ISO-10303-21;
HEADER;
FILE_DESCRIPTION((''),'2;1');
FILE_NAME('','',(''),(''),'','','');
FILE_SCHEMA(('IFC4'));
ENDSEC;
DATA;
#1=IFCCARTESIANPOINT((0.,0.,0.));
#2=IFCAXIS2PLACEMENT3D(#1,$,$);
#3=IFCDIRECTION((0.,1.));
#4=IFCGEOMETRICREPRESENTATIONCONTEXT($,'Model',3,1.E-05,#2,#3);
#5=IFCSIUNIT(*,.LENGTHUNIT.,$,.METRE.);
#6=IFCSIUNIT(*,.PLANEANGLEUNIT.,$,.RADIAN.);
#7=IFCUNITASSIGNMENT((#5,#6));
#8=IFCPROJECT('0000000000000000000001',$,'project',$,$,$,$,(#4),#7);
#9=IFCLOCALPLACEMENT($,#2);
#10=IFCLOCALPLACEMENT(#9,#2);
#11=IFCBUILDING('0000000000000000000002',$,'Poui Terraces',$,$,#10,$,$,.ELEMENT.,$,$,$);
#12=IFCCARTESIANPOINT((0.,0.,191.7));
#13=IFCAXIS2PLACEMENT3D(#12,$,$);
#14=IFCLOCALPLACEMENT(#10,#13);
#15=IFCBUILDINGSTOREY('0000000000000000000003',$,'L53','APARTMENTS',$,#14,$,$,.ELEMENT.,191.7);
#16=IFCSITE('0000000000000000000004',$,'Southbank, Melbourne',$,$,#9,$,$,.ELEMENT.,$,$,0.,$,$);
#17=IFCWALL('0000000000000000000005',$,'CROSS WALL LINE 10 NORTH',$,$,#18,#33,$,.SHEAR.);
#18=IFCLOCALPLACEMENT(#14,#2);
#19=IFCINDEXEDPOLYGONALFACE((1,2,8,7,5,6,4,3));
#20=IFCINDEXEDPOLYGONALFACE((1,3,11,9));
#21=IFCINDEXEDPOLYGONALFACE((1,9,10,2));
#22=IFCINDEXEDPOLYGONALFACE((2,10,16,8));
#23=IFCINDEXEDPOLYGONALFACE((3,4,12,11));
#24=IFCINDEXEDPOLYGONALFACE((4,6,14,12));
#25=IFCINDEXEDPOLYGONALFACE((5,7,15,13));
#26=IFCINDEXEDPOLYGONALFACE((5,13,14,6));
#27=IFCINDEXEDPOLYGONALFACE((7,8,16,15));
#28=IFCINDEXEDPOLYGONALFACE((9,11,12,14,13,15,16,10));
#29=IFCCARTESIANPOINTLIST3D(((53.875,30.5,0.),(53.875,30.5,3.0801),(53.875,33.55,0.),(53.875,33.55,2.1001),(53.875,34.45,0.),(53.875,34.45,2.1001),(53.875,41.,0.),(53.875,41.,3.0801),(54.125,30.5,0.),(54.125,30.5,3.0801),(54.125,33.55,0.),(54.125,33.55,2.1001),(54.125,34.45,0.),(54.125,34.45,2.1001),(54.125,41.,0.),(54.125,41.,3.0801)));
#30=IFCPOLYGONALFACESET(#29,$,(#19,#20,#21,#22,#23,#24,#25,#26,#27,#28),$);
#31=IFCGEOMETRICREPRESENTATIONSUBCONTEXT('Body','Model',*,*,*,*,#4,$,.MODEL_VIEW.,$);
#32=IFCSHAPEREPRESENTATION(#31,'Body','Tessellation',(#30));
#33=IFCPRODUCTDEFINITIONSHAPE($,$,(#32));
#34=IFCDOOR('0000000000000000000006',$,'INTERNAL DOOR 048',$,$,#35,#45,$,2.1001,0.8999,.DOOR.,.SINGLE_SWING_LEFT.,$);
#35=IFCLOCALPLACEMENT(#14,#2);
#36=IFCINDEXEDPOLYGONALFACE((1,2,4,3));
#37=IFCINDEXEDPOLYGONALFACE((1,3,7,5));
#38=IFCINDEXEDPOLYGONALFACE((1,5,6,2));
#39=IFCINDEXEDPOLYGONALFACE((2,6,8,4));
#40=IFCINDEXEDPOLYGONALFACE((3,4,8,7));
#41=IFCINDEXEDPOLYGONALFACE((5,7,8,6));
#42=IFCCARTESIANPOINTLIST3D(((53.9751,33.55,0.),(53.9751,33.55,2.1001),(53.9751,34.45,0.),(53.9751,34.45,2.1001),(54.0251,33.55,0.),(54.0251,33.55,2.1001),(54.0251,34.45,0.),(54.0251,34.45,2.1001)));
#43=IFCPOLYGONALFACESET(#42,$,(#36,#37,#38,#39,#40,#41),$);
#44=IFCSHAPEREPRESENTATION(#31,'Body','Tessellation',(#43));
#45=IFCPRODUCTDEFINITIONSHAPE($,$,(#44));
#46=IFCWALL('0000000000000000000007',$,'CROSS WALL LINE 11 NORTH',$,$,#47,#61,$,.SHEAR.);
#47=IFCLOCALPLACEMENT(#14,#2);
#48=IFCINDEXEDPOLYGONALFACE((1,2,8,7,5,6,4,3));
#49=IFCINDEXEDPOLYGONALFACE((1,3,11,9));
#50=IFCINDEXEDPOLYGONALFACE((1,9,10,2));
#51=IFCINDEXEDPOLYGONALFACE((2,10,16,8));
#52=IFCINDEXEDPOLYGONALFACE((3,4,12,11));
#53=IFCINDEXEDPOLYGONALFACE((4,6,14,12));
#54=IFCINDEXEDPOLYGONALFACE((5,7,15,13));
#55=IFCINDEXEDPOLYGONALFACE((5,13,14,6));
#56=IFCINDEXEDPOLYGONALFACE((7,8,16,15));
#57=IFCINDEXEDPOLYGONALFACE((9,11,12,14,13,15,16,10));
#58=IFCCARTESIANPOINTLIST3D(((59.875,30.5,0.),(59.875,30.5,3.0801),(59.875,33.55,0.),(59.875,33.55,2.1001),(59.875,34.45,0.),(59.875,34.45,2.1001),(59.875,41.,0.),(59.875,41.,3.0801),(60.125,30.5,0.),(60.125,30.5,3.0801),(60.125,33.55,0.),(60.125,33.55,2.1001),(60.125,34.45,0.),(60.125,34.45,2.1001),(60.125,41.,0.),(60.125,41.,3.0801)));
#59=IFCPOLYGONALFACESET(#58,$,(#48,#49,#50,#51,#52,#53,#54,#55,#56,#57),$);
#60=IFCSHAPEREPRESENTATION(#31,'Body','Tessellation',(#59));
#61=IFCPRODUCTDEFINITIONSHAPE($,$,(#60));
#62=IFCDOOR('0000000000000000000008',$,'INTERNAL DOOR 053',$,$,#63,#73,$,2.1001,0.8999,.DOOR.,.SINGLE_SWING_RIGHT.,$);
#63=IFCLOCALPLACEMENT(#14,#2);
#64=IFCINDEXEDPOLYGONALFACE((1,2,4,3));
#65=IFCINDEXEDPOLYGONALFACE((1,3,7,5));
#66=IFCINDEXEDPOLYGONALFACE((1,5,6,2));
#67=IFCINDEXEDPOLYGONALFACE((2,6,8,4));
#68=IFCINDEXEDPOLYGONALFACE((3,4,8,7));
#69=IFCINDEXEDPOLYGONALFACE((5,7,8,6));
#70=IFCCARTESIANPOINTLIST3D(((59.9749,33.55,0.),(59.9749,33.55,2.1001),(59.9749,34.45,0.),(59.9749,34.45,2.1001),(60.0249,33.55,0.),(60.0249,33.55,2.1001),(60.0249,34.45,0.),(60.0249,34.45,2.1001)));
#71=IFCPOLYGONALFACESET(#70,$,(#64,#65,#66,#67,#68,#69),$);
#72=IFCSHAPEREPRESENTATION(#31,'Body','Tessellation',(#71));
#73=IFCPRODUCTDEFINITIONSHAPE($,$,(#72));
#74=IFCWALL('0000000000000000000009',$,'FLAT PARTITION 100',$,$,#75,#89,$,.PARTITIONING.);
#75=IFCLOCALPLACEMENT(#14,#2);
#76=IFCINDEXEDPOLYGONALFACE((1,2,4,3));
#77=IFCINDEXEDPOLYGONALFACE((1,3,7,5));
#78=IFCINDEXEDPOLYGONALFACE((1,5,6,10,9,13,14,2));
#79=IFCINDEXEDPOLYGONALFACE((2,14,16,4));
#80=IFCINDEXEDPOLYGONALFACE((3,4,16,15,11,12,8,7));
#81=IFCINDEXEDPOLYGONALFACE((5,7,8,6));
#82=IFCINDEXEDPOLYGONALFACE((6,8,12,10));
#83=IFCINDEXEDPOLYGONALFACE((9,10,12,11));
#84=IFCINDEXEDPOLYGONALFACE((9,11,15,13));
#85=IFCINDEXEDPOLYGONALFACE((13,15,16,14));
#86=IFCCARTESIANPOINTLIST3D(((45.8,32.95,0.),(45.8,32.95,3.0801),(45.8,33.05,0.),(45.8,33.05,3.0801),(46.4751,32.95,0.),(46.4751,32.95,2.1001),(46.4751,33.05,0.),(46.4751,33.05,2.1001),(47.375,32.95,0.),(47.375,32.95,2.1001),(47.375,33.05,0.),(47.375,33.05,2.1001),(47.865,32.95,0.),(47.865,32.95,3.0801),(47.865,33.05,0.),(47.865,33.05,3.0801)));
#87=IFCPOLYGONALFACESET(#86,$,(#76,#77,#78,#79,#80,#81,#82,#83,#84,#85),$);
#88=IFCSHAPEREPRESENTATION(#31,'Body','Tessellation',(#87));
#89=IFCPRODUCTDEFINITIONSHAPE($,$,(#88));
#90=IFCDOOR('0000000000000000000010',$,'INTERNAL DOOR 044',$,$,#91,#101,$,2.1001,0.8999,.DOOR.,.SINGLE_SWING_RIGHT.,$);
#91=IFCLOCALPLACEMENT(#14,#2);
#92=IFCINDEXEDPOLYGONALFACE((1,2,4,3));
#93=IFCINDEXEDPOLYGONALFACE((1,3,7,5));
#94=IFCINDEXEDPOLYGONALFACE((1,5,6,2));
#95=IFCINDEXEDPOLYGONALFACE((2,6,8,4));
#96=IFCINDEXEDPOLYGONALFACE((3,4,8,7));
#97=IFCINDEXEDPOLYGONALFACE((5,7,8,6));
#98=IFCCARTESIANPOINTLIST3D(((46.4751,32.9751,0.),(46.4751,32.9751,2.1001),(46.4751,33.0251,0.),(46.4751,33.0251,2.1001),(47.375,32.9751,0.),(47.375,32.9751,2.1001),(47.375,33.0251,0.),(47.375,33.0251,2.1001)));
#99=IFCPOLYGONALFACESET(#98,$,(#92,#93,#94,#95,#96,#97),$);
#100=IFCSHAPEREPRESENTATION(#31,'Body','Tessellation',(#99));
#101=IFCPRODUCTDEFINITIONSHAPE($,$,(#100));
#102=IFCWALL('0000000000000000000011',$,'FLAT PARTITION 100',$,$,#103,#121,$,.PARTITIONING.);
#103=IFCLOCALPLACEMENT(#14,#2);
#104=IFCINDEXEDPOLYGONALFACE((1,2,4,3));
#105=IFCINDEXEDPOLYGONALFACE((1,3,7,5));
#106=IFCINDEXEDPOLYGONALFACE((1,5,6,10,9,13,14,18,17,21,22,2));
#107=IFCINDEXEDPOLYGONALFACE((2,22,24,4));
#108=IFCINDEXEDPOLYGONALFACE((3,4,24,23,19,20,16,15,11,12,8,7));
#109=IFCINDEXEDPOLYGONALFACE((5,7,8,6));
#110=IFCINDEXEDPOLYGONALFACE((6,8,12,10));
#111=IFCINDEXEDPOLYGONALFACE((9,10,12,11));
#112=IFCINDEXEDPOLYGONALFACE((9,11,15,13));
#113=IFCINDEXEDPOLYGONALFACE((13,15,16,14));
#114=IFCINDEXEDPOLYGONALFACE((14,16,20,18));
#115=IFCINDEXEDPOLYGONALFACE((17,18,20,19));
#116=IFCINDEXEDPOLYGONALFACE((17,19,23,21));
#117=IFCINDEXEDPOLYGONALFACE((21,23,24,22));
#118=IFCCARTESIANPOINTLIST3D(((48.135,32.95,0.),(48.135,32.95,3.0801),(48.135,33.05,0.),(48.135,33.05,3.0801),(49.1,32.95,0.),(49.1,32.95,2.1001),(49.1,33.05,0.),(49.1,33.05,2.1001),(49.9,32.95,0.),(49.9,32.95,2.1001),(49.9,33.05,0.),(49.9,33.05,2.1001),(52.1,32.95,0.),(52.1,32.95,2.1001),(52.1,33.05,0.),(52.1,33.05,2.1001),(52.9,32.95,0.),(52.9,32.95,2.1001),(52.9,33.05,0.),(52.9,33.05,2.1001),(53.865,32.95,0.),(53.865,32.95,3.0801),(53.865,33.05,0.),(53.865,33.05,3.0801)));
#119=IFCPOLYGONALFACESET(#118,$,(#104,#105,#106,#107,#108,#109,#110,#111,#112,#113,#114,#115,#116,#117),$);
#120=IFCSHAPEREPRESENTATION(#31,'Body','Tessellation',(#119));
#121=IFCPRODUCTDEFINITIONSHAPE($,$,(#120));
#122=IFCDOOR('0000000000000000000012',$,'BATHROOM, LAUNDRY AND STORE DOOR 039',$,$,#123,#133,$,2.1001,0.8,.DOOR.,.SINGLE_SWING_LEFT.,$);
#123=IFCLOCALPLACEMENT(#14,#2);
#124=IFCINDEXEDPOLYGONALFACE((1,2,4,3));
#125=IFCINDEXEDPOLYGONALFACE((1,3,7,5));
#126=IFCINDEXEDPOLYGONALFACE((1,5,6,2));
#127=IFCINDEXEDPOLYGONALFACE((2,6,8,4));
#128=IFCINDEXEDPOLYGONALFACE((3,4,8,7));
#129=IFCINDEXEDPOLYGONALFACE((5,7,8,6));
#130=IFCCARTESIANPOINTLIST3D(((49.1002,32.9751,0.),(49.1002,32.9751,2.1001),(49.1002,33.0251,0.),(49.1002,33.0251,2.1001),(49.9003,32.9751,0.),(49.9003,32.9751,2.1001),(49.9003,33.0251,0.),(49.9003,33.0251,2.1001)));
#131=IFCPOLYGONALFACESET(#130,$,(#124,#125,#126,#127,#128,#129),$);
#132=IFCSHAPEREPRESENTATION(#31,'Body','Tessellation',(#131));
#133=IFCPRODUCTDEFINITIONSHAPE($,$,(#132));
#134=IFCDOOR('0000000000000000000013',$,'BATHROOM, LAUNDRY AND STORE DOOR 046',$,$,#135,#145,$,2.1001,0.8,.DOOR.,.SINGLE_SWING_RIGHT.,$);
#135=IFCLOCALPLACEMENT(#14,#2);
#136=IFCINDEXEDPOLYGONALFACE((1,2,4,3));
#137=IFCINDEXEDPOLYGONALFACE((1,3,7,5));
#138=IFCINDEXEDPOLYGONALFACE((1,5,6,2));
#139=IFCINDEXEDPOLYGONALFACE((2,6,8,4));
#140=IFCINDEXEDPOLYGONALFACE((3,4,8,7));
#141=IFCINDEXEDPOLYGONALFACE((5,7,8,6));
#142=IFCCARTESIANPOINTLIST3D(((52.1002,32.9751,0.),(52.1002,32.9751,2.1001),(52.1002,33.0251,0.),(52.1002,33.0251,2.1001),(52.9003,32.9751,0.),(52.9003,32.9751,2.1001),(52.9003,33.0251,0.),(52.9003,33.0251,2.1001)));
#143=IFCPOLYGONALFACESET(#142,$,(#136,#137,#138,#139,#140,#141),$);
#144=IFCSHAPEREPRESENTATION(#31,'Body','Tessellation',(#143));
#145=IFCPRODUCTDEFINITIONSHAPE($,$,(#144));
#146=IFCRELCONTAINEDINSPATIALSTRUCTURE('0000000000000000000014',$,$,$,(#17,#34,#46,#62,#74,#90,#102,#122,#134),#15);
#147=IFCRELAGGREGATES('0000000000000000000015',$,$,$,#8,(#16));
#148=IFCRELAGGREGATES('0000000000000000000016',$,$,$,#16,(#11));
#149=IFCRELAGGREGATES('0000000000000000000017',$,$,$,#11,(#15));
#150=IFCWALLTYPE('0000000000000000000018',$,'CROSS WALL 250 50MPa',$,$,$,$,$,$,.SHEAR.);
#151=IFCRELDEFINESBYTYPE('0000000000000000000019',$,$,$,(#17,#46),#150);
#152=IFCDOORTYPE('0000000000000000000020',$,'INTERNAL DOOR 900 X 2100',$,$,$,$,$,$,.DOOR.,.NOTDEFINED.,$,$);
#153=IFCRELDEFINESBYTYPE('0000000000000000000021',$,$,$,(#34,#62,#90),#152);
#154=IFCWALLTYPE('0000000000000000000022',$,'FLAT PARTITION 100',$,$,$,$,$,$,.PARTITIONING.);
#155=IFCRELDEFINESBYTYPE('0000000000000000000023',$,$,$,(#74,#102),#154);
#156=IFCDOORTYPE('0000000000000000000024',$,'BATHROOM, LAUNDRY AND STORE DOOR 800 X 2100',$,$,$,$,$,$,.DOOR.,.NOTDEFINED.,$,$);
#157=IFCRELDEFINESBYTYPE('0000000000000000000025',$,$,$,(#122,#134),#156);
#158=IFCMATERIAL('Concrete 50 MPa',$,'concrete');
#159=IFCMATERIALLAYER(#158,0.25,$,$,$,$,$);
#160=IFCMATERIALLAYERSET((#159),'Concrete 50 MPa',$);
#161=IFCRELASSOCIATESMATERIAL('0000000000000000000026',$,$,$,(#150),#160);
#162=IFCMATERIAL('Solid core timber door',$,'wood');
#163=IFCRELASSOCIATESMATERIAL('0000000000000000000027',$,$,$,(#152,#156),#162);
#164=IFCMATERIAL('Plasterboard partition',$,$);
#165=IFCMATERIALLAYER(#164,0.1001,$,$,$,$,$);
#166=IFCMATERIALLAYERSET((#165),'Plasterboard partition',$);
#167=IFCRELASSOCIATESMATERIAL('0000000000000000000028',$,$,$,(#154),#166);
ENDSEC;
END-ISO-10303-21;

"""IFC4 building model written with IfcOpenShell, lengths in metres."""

from ifc_helpers import new_model, si_unit, direction, frame, frame_2d, origin, place, context, subcontext, project, spatial, rectangle, extrude, material, layer, layer_set, type_object, element, fill, save


model = new_model("IFC4")

# Units and contexts
model_context = context("Model", 3, precision=1e-05, world=origin(), true_north=direction((0.0, 1.0)))
body_context = subcontext(model_context, "Body", "Model", "MODEL_VIEW")
ifc_project = project(units=[si_unit("LENGTHUNIT", "METRE"), si_unit("PLANEANGLEUNIT", "RADIAN")], contexts=[model_context])

# Site, building, storey
site_placement = place(None, origin())
site = spatial("IfcSite", under=ifc_project, at=site_placement, Name="Southbank, Melbourne", CompositionType="ELEMENT", RefElevation=0.0)
building_placement = place(site_placement, origin())
building = spatial("IfcBuilding", under=site, at=building_placement, Name="Poui Terraces", CompositionType="ELEMENT")
storey_placement = place(building_placement, frame((0.0, 0.0, 191.7)))
storey = spatial("IfcBuildingStorey", under=building, at=storey_placement, Name="L53", Description="APARTMENTS", CompositionType="ELEMENT", Elevation=191.7)

# Walls, openings, doors
ifc_material_1 = material(Name="Concrete 50 MPa", Category="concrete")
ifc_layer_1 = layer(ifc_material_1, 0.25)
ifc_layer_set_1 = layer_set([ifc_layer_1], Name="Concrete 50 MPa")
wall_type_1 = type_object("IfcWallType", Name="CROSS WALL 250 50MPa", PredefinedType="SHEAR", material=ifc_layer_set_1)
wall_1_placement = place(storey_placement, frame((54.0, 30.5, 0.0), z_axis=(0.0, 0.0, 1.0), x_axis=(0.0, 1.0, 0.0)))
wall_1 = element("IfcWall", 1, at=wall_1_placement, inside=storey, type_object=wall_type_1, Name="CROSS WALL LINE 10 NORTH", PredefinedType="SHEAR", context=body_context, shape_type="SweptSolid", body=[
    extrude(rectangle(XDim=10.5, YDim=0.25, at=frame_2d((5.25, 0.0))), origin(), (0.0, 0.0, 1.0), 3.0801),
])
opening_1_placement = place(wall_1_placement, frame((3.05, 0.0, 0.0)))
opening_1 = element("IfcOpeningElement", 2, at=opening_1_placement, cuts=wall_1, PredefinedType="OPENING", context=body_context, shape_type="SweptSolid", body=[
    extrude(rectangle(XDim=0.8999, YDim=2.1001, at=frame_2d((0.45, 1.05))), frame((0.0, 0.135, 0.0), z_axis=(0.0, -1.0, 0.0), x_axis=(1.0, 0.0, 0.0)), (0.0, 0.0, 1.0), 0.27),
])
ifc_material_2 = material(Name="Solid core timber door", Category="wood")
door_type_1 = type_object("IfcDoorType", Name="INTERNAL DOOR 900 X 2100", OperationType="NOTDEFINED", PredefinedType="DOOR", material=ifc_material_2)
door_1_placement = place(opening_1_placement, origin())
door_1 = element("IfcDoor", 3, at=door_1_placement, inside=storey, type_object=door_type_1, Name="INTERNAL DOOR 048", OperationType="SINGLE_SWING_LEFT", OverallHeight=2.1001, OverallWidth=0.8999, PredefinedType="DOOR", context=body_context, shape_type="SweptSolid", body=[
    extrude(rectangle(XDim=0.8999, YDim=2.1001, at=frame_2d((0.45, 1.05))), frame((0.0, 0.0249, 0.0), z_axis=(0.0, -1.0, 0.0), x_axis=(1.0, 0.0, 0.0)), (0.0, 0.0, 1.0), 0.05),
])
fill(opening_1, door_1)
wall_2_placement = place(storey_placement, frame((60.0, 30.5, 0.0), z_axis=(0.0, 0.0, 1.0), x_axis=(0.0, 1.0, 0.0)))
wall_2 = element("IfcWall", 4, at=wall_2_placement, inside=storey, type_object=wall_type_1, Name="CROSS WALL LINE 11 NORTH", PredefinedType="SHEAR", context=body_context, shape_type="SweptSolid", body=[
    extrude(rectangle(XDim=10.5, YDim=0.25, at=frame_2d((5.25, 0.0))), origin(), (0.0, 0.0, 1.0), 3.0801),
])
opening_2_placement = place(wall_2_placement, frame((3.05, 0.0, 0.0)))
opening_2 = element("IfcOpeningElement", 5, at=opening_2_placement, cuts=wall_2, PredefinedType="OPENING", context=body_context, shape_type="SweptSolid", body=[
    extrude(rectangle(XDim=0.8999, YDim=2.1001, at=frame_2d((0.45, 1.05))), frame((0.0, 0.135, 0.0), z_axis=(0.0, -1.0, 0.0), x_axis=(1.0, 0.0, 0.0)), (0.0, 0.0, 1.0), 0.27),
])
door_2_placement = place(opening_2_placement, frame((0.8999, 0.0, 0.0), z_axis=(0.0, 0.0, 1.0), x_axis=(-1.0, 0.0, 0.0)))
door_2 = element("IfcDoor", 6, at=door_2_placement, inside=storey, type_object=door_type_1, Name="INTERNAL DOOR 053", OperationType="SINGLE_SWING_RIGHT", OverallHeight=2.1001, OverallWidth=0.8999, PredefinedType="DOOR", context=body_context, shape_type="SweptSolid", body=[
    extrude(rectangle(XDim=0.8999, YDim=2.1001, at=frame_2d((0.45, 1.05))), frame((0.0, 0.0249, 0.0), z_axis=(0.0, -1.0, 0.0), x_axis=(1.0, 0.0, 0.0)), (0.0, 0.0, 1.0), 0.05),
])
fill(opening_2, door_2)
ifc_material_3 = material(Name="Plasterboard partition")
ifc_layer_2 = layer(ifc_material_3, 0.1001)
ifc_layer_set_2 = layer_set([ifc_layer_2], Name="Plasterboard partition")
wall_type_2 = type_object("IfcWallType", Name="FLAT PARTITION 100", PredefinedType="PARTITIONING", material=ifc_layer_set_2)
wall_3_placement = place(storey_placement, frame((45.8, 33.0, 0.0), z_axis=(0.0, 0.0, 1.0), x_axis=(1.0, 0.0, 0.0)))
wall_3 = element("IfcWall", 7, at=wall_3_placement, inside=storey, type_object=wall_type_2, Name="FLAT PARTITION 100", PredefinedType="PARTITIONING", context=body_context, shape_type="SweptSolid", body=[
    extrude(rectangle(XDim=2.0649, YDim=0.1001, at=frame_2d((1.0325, 0.0))), origin(), (0.0, 0.0, 1.0), 3.0801),
])
opening_3_placement = place(wall_3_placement, frame((0.675, 0.0, 0.0)))
opening_3 = element("IfcOpeningElement", 8, at=opening_3_placement, cuts=wall_3, PredefinedType="OPENING", context=body_context, shape_type="SweptSolid", body=[
    extrude(rectangle(XDim=0.8999, YDim=2.1001, at=frame_2d((0.45, 1.05))), frame((0.0, 0.0601, 0.0), z_axis=(0.0, -1.0, 0.0), x_axis=(1.0, 0.0, 0.0)), (0.0, 0.0, 1.0), 0.1201),
])
door_3_placement = place(opening_3_placement, frame((0.8999, 0.0, 0.0), z_axis=(0.0, 0.0, 1.0), x_axis=(-1.0, 0.0, 0.0)))
door_3 = element("IfcDoor", 9, at=door_3_placement, inside=storey, type_object=door_type_1, Name="INTERNAL DOOR 044", OperationType="SINGLE_SWING_RIGHT", OverallHeight=2.1001, OverallWidth=0.8999, PredefinedType="DOOR", context=body_context, shape_type="SweptSolid", body=[
    extrude(rectangle(XDim=0.8999, YDim=2.1001, at=frame_2d((0.45, 1.05))), frame((0.0, 0.0249, 0.0), z_axis=(0.0, -1.0, 0.0), x_axis=(1.0, 0.0, 0.0)), (0.0, 0.0, 1.0), 0.05),
])
fill(opening_3, door_3)

# Wall, openings, doors
wall_4_placement = place(storey_placement, frame((48.135, 33.0, 0.0), z_axis=(0.0, 0.0, 1.0), x_axis=(1.0, 0.0, 0.0)))
wall_4 = element("IfcWall", 10, at=wall_4_placement, inside=storey, type_object=wall_type_2, Name="FLAT PARTITION 100", PredefinedType="PARTITIONING", context=body_context, shape_type="SweptSolid", body=[
    extrude(rectangle(XDim=5.73, YDim=0.1001, at=frame_2d((2.865, 0.0))), origin(), (0.0, 0.0, 1.0), 3.0801),
])
opening_4_placement = place(wall_4_placement, frame((0.9651, 0.0, 0.0)))
opening_4 = element("IfcOpeningElement", 11, at=opening_4_placement, cuts=wall_4, PredefinedType="OPENING", context=body_context, shape_type="SweptSolid", body=[
    extrude(rectangle(XDim=0.8, YDim=2.1001, at=frame_2d((0.3999, 1.05))), frame((0.0, 0.0601, 0.0), z_axis=(0.0, -1.0, 0.0), x_axis=(1.0, 0.0, 0.0)), (0.0, 0.0, 1.0), 0.1201),
])
opening_5_placement = place(wall_4_placement, frame((3.9651, 0.0, 0.0)))
opening_5 = element("IfcOpeningElement", 12, at=opening_5_placement, cuts=wall_4, PredefinedType="OPENING", context=body_context, shape_type="SweptSolid", body=[
    extrude(rectangle(XDim=0.8, YDim=2.1001, at=frame_2d((0.3999, 1.05))), frame((0.0, 0.0601, 0.0), z_axis=(0.0, -1.0, 0.0), x_axis=(1.0, 0.0, 0.0)), (0.0, 0.0, 1.0), 0.1201),
])
door_type_2 = type_object("IfcDoorType", Name="BATHROOM, LAUNDRY AND STORE DOOR 800 X 2100", OperationType="NOTDEFINED", PredefinedType="DOOR", material=ifc_material_2)
door_4_placement = place(opening_4_placement, frame((0.8, 0.0, 0.0), z_axis=(0.0, 0.0, 1.0), x_axis=(-1.0, 0.0, 0.0)))
door_4 = element("IfcDoor", 13, at=door_4_placement, inside=storey, type_object=door_type_2, Name="BATHROOM, LAUNDRY AND STORE DOOR 039", OperationType="SINGLE_SWING_LEFT", OverallHeight=2.1001, OverallWidth=0.8, PredefinedType="DOOR", context=body_context, shape_type="SweptSolid", body=[
    extrude(rectangle(XDim=0.8, YDim=2.1001, at=frame_2d((0.3999, 1.05))), frame((0.0, 0.0249, 0.0), z_axis=(0.0, -1.0, 0.0), x_axis=(1.0, 0.0, 0.0)), (0.0, 0.0, 1.0), 0.05),
])
fill(opening_4, door_4)
door_5_placement = place(opening_5_placement, frame((0.8, 0.0, 0.0), z_axis=(0.0, 0.0, 1.0), x_axis=(-1.0, 0.0, 0.0)))
door_5 = element("IfcDoor", 14, at=door_5_placement, inside=storey, type_object=door_type_2, Name="BATHROOM, LAUNDRY AND STORE DOOR 046", OperationType="SINGLE_SWING_RIGHT", OverallHeight=2.1001, OverallWidth=0.8, PredefinedType="DOOR", context=body_context, shape_type="SweptSolid", body=[
    extrude(rectangle(XDim=0.8, YDim=2.1001, at=frame_2d((0.3999, 1.05))), frame((0.0, 0.0249, 0.0), z_axis=(0.0, -1.0, 0.0), x_axis=(1.0, 0.0, 0.0)), (0.0, 0.0, 1.0), 0.05),
])
fill(opening_5, door_5)

save(model, "model.ifc")
